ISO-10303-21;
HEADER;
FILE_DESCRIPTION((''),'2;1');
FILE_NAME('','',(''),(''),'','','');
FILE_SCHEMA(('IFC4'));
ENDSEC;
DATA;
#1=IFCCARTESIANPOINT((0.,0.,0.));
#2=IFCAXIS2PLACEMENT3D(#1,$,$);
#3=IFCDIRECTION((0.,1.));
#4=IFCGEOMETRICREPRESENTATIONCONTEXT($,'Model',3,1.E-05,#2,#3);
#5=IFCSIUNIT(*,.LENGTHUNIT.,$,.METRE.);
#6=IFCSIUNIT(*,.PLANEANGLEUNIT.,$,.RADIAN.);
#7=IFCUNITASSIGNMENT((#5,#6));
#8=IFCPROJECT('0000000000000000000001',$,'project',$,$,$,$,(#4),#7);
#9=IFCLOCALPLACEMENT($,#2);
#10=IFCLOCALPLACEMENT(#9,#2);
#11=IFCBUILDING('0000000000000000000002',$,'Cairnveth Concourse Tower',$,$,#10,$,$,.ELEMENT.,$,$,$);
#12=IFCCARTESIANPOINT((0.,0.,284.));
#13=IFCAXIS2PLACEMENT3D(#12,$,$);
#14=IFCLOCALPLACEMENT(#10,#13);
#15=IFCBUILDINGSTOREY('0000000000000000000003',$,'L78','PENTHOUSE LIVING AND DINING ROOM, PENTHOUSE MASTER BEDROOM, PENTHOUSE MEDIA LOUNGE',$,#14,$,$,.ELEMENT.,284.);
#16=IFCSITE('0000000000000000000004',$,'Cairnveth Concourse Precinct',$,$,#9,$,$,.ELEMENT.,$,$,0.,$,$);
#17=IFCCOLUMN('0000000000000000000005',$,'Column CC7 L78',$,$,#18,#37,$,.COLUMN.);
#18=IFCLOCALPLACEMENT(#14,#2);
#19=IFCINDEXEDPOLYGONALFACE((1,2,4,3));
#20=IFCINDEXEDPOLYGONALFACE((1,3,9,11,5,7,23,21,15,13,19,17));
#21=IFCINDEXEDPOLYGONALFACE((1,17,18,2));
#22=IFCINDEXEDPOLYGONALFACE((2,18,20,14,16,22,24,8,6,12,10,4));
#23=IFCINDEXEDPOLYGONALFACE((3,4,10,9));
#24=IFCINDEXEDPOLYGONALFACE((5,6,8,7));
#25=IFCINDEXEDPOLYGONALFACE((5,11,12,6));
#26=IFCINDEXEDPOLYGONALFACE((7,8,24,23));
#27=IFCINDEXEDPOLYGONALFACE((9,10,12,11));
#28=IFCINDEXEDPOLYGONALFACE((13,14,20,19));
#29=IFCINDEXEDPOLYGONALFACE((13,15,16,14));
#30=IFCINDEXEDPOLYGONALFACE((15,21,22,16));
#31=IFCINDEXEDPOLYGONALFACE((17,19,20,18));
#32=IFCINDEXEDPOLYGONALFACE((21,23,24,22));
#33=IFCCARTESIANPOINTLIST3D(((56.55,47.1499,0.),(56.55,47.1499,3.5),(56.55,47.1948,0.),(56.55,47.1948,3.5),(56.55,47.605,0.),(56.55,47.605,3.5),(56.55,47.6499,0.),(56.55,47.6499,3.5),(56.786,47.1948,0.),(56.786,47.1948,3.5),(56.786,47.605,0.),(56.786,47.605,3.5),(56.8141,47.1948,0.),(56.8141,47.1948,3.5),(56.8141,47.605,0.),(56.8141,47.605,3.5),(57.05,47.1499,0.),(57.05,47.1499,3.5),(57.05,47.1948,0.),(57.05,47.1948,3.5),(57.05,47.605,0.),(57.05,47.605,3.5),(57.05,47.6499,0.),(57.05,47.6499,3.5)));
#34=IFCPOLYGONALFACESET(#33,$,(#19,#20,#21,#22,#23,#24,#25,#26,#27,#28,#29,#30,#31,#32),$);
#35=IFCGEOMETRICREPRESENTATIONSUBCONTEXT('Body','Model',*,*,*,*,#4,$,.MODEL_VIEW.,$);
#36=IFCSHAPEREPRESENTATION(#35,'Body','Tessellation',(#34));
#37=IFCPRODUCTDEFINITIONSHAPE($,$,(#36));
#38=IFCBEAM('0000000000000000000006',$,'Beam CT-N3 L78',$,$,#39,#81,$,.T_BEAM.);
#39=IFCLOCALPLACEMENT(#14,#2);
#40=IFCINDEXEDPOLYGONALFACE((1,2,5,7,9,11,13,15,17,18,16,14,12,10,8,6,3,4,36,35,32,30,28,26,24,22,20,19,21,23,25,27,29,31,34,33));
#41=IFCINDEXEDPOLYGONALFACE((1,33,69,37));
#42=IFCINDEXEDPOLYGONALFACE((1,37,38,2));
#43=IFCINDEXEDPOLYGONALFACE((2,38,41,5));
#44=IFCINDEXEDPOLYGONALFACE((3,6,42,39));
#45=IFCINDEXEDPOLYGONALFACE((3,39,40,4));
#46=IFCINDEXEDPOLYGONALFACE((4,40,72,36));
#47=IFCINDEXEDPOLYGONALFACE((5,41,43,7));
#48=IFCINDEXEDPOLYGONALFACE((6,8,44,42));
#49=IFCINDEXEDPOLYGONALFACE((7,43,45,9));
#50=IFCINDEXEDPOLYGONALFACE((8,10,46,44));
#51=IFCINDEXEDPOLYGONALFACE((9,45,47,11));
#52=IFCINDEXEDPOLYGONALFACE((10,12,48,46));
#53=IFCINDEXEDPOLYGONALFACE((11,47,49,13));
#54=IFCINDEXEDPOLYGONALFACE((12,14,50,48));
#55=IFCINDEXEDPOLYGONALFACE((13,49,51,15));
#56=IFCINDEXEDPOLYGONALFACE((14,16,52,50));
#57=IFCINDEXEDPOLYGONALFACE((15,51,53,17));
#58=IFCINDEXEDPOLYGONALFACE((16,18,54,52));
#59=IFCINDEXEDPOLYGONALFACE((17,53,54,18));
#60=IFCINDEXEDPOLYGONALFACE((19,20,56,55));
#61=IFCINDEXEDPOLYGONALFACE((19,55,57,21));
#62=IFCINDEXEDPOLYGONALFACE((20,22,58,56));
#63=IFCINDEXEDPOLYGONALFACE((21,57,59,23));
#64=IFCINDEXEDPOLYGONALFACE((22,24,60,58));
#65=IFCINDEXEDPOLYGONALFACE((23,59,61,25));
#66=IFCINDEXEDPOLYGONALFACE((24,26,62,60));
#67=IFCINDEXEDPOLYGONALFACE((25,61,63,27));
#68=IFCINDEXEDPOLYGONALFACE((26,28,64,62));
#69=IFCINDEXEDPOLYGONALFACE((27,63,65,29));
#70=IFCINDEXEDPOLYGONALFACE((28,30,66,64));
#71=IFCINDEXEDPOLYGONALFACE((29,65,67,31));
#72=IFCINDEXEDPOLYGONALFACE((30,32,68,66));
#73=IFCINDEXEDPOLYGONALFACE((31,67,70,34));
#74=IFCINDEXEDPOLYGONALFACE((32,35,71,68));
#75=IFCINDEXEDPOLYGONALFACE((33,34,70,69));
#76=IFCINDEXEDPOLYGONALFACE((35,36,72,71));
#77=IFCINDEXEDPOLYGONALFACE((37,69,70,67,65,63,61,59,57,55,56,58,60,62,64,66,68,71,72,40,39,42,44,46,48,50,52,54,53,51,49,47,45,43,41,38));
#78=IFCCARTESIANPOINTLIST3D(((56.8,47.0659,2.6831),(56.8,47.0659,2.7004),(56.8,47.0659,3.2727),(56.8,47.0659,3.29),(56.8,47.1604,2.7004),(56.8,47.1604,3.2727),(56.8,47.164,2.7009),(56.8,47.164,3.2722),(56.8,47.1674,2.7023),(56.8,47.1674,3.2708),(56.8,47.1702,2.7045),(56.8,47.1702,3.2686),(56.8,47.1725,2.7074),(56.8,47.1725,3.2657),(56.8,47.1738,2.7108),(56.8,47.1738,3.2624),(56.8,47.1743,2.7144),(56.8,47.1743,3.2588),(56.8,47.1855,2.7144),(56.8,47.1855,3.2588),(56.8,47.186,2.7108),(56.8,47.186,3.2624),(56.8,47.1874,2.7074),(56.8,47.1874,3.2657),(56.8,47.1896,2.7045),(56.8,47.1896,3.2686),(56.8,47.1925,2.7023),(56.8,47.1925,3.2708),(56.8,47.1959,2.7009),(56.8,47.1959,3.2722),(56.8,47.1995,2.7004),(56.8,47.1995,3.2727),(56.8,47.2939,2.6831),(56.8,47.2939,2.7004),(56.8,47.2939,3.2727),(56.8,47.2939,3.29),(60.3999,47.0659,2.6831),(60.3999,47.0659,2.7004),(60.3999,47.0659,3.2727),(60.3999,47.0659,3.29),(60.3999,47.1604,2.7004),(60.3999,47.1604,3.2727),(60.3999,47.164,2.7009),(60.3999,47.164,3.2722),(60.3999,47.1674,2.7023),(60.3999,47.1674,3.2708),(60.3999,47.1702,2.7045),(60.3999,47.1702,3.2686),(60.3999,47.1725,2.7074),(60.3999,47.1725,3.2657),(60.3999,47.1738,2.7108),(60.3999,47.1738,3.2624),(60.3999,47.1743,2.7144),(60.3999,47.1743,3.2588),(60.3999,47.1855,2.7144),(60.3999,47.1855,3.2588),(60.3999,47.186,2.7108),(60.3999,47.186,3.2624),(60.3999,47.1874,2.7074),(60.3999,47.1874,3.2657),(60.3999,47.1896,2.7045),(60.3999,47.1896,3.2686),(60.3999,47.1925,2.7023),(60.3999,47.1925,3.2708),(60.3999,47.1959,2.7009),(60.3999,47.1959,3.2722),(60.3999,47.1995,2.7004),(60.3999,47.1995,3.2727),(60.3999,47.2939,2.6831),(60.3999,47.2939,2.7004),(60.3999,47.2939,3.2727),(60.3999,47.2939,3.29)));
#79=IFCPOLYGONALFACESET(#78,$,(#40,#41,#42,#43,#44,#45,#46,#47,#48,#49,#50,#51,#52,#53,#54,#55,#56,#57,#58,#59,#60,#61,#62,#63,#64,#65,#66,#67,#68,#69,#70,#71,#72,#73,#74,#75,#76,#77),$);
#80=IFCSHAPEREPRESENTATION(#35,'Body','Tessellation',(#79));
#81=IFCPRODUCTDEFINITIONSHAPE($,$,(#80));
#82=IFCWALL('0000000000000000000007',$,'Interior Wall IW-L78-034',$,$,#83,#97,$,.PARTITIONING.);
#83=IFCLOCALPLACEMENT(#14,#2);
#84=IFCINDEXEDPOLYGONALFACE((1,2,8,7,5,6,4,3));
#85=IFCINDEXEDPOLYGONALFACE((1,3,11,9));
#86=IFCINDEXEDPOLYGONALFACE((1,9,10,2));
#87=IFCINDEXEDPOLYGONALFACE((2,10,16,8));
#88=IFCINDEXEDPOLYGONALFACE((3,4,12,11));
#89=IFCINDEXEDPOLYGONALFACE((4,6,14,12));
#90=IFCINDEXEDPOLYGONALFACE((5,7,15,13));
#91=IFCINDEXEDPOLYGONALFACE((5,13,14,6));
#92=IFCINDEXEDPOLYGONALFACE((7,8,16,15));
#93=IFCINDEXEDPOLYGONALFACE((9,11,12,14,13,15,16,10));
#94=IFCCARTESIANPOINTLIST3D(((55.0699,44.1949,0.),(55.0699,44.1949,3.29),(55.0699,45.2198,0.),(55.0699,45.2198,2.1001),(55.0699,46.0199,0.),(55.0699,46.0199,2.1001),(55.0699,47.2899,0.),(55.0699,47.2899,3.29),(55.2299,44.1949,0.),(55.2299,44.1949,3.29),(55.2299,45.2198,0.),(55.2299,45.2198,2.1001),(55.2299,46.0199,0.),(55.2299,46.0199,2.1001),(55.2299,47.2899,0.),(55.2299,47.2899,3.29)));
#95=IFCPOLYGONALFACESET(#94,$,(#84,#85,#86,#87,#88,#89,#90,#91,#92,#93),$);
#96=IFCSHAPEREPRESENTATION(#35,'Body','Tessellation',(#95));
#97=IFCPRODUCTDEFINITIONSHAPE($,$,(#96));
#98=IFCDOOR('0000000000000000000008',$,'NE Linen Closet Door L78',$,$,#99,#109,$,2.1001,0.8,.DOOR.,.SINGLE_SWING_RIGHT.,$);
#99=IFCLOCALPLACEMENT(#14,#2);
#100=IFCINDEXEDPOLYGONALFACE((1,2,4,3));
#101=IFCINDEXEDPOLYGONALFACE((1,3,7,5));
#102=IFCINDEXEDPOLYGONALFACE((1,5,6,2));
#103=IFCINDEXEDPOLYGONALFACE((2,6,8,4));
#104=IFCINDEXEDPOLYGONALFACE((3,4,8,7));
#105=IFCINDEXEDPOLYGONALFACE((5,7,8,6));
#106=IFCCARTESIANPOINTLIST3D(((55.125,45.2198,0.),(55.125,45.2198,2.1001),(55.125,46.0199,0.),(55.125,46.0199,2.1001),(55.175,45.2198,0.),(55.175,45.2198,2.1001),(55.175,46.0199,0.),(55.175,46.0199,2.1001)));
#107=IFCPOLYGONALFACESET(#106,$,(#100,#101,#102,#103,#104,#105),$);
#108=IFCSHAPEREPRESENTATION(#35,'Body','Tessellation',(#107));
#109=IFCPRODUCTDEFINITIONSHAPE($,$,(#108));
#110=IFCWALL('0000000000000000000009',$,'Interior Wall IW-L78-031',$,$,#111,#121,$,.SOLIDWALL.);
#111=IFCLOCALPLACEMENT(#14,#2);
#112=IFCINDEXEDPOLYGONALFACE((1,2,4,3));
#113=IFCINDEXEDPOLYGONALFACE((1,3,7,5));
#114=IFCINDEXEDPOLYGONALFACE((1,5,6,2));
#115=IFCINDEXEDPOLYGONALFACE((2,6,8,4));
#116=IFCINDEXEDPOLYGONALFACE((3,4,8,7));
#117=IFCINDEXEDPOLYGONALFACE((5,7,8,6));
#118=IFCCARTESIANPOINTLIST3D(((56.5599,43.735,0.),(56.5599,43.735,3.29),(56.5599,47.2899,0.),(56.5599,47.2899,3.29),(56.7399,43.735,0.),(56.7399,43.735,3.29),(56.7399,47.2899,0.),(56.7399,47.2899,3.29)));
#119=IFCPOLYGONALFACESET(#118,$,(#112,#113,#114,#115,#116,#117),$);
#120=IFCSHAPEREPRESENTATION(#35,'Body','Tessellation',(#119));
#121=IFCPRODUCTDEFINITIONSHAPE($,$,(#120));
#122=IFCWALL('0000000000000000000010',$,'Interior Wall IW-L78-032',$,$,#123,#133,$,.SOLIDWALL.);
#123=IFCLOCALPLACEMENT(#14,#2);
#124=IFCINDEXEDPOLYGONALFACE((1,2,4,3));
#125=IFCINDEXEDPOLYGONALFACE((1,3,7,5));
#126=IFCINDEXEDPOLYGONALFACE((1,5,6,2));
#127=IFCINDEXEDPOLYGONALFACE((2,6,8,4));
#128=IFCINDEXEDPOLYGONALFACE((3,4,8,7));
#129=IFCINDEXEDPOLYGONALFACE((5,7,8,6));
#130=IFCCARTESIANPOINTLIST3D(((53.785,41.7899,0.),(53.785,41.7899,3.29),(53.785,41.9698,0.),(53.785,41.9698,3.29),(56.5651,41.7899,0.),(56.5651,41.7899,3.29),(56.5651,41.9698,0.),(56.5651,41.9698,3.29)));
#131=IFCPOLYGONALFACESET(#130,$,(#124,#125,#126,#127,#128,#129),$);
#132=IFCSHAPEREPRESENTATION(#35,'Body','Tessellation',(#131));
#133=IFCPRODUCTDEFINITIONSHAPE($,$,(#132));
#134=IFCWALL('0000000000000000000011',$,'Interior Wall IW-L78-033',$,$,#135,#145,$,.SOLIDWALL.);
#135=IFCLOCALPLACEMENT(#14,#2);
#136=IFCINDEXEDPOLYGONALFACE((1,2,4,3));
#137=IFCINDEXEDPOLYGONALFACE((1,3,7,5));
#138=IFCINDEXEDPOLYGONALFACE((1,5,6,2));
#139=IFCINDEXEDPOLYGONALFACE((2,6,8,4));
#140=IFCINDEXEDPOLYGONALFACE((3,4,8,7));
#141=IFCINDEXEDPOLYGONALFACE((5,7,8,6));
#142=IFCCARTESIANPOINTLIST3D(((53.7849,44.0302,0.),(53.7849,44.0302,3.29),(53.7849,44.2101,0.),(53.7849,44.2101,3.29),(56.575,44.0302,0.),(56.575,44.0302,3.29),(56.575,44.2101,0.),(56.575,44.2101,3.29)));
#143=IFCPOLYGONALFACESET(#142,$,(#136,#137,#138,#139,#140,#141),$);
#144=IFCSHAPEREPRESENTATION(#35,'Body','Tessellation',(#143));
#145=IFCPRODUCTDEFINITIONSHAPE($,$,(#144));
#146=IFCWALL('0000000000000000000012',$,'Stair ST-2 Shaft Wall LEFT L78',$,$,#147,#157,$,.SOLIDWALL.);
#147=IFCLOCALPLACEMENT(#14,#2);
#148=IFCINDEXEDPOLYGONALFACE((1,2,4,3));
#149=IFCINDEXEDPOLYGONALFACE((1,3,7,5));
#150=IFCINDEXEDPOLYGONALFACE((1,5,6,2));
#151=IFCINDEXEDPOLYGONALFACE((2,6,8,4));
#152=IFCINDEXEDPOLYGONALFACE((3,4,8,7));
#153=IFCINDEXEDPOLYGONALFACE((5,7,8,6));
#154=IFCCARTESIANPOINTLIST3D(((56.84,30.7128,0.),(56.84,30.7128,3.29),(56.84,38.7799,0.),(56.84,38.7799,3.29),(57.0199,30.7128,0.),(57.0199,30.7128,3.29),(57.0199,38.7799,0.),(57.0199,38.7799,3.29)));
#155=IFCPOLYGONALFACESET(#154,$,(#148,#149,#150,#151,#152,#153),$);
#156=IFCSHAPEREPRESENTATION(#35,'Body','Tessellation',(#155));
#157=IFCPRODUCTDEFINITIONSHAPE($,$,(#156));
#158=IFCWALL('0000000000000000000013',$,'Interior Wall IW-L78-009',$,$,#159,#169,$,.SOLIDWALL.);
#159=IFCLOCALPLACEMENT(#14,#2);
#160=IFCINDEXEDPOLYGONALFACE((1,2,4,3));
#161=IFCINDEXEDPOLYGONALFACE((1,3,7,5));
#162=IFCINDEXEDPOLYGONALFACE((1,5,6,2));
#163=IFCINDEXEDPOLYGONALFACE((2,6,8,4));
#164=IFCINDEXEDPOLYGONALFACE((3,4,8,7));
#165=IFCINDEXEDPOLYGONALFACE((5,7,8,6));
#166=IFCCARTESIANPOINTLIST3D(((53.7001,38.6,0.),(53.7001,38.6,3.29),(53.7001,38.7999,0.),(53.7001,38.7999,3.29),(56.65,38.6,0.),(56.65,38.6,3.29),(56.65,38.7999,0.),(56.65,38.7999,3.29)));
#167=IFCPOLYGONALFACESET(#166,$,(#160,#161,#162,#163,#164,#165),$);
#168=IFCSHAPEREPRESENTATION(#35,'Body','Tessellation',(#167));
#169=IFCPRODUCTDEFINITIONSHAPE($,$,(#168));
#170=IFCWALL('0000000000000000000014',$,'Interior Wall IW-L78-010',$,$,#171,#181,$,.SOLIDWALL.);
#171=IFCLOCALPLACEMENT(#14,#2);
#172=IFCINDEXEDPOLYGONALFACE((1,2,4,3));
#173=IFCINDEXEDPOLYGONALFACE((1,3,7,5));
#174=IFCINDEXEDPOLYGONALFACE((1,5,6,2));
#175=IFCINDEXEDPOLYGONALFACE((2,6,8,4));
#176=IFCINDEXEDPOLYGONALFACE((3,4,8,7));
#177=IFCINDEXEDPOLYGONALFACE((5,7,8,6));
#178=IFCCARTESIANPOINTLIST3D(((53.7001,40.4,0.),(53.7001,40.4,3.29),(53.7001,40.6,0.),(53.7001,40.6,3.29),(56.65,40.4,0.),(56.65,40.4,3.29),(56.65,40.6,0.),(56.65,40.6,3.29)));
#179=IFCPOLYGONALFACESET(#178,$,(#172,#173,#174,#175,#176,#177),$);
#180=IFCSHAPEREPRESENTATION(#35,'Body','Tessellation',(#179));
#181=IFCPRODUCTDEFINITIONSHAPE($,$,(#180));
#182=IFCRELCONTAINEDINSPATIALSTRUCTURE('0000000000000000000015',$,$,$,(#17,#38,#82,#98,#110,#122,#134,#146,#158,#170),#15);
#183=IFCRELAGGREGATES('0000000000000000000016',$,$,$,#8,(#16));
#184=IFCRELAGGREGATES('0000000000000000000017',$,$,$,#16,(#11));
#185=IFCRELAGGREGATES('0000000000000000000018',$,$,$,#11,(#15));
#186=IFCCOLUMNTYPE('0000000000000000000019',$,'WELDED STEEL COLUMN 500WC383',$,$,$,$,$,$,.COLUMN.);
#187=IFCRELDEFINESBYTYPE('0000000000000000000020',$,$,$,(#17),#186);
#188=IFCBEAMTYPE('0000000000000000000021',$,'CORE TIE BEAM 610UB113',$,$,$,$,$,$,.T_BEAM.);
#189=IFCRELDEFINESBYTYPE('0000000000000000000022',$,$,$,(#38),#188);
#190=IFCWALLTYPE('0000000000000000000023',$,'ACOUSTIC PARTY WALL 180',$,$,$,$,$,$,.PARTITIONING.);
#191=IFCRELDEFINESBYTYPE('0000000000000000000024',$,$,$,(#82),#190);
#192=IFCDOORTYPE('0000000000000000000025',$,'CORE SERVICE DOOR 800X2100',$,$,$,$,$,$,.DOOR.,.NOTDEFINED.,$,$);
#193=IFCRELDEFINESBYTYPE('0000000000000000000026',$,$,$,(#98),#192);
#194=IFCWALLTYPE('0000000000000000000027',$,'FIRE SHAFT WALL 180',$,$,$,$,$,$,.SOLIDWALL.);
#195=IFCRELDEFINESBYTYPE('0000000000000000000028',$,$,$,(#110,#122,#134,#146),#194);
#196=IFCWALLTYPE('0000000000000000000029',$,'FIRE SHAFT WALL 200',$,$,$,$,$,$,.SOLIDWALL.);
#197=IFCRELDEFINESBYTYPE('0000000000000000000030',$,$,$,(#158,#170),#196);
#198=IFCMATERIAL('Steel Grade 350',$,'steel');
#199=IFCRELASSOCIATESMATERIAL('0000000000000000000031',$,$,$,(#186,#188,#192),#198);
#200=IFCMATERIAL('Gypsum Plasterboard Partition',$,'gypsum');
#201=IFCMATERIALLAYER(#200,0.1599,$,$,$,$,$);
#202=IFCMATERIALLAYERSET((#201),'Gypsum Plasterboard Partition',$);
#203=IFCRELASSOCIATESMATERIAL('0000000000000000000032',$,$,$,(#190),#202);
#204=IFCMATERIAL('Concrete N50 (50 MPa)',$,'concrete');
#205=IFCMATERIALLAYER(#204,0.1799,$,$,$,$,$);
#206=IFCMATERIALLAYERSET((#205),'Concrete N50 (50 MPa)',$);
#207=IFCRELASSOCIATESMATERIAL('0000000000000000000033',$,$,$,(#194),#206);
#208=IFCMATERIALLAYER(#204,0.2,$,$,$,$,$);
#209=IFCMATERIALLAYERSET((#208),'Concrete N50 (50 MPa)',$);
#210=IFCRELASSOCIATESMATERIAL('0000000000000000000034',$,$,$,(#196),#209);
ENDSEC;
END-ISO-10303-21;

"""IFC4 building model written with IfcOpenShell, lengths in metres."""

from ifc_helpers import new_model, si_unit, direction, frame, frame_2d, origin, origin_2d, place, context, subcontext, project, spatial, rectangle, i_section, extrude, material, layer, layer_set, material_profile, profile_set, type_object, element, fill, save


model = new_model("IFC4")

# Units and contexts
model_context = context("Model", 3, precision=1e-05, world=origin(), true_north=direction((0.0, 1.0)))
body_context = subcontext(model_context, "Body", "Model", "MODEL_VIEW")
ifc_project = project(units=[si_unit("LENGTHUNIT", "METRE"), si_unit("PLANEANGLEUNIT", "RADIAN")], contexts=[model_context])

# Site, building, storey
site_placement = place(None, origin())
site = spatial("IfcSite", under=ifc_project, at=site_placement, Name="Cairnveth Concourse Precinct", CompositionType="ELEMENT", RefElevation=0.0)
building_placement = place(site_placement, origin())
building = spatial("IfcBuilding", under=site, at=building_placement, Name="Cairnveth Concourse Tower", CompositionType="ELEMENT")
storey_placement = place(building_placement, frame((0.0, 0.0, 284.0)))
storey = spatial("IfcBuildingStorey", under=building, at=storey_placement, Name="L78", Description="PENTHOUSE LIVING AND DINING ROOM, PENTHOUSE MASTER BEDROOM, PENTHOUSE MEDIA LOUNGE", CompositionType="ELEMENT", Elevation=284.0)

# Column
ifc_material_1 = material(Name="Steel Grade 350", Category="steel")
ifc_material_profile_1 = material_profile(ifc_material_1, i_section(OverallWidth=0.5, OverallDepth=0.5, WebThickness=0.0281, FlangeThickness=0.0449, at=origin_2d()), Name="500WC383")
ifc_profile_set_1 = profile_set([ifc_material_profile_1], Name="Steel Grade 350")
column_type = type_object("IfcColumnType", Name="WELDED STEEL COLUMN 500WC383", PredefinedType="COLUMN", material=ifc_profile_set_1)
column_placement = place(storey_placement, frame((56.8, 47.3999, 0.0), z_axis=(0.0, 0.0, 1.0), x_axis=(1.0, 0.0, 0.0)))
element("IfcColumn", 1, at=column_placement, inside=storey, type_object=column_type, Name="Column CC7 L78", PredefinedType="COLUMN", context=body_context, shape_type="SweptSolid", body=[
    extrude(i_section(OverallWidth=0.5, OverallDepth=0.5, WebThickness=0.0281, FlangeThickness=0.0449, at=origin_2d()), origin(), (0.0, 0.0, 1.0), 3.5),
])

# Beam
ifc_material_profile_2 = material_profile(ifc_material_1, i_section(OverallWidth=0.228, OverallDepth=0.6069, WebThickness=0.0112, FlangeThickness=0.0173, FilletRadius=0.0139, at=origin_2d()), Name="610UB113")
ifc_profile_set_2 = profile_set([ifc_material_profile_2], Name="Steel Grade 350")
beam_type = type_object("IfcBeamType", Name="CORE TIE BEAM 610UB113", PredefinedType="T_BEAM", material=ifc_profile_set_2)
beam_placement = place(storey_placement, frame((56.8, 47.1799, 2.9866), z_axis=(1.0, 0.0, 0.0), x_axis=(0.0, 1.0, 0.0)))
element("IfcBeam", 2, at=beam_placement, inside=storey, type_object=beam_type, Name="Beam CT-N3 L78", PredefinedType="T_BEAM", context=body_context, shape_type="SweptSolid", body=[
    extrude(i_section(OverallWidth=0.228, OverallDepth=0.6069, WebThickness=0.0112, FlangeThickness=0.0173, FilletRadius=0.0139, at=origin_2d()), origin(), (0.0, 0.0, 1.0), 3.5999),
])

# Wall, opening, door
ifc_material_2 = material(Name="Gypsum Plasterboard Partition", Category="gypsum")
ifc_layer_1 = layer(ifc_material_2, 0.1599)
ifc_layer_set_1 = layer_set([ifc_layer_1], Name="Gypsum Plasterboard Partition")
wall_type_1 = type_object("IfcWallType", Name="ACOUSTIC PARTY WALL 180", PredefinedType="PARTITIONING", material=ifc_layer_set_1)
wall_1_placement = place(storey_placement, frame((55.1499, 44.1951, 0.0), z_axis=(0.0, 0.0, 1.0), x_axis=(0.0, 1.0, 0.0)))
wall_1 = element("IfcWall", 3, at=wall_1_placement, inside=storey, type_object=wall_type_1, Name="Interior Wall IW-L78-034", PredefinedType="PARTITIONING", context=body_context, shape_type="SweptSolid", body=[
    extrude(rectangle(XDim=3.095, YDim=0.1599, at=frame_2d((1.5474, 0.0))), origin(), (0.0, 0.0, 1.0), 3.29),
])
opening_1_placement = place(wall_1_placement, frame((1.0249, 0.0, 0.0)))
opening_1 = element("IfcOpeningElement", 4, at=opening_1_placement, cuts=wall_1, PredefinedType="OPENING", context=body_context, shape_type="SweptSolid", body=[
    extrude(rectangle(XDim=0.8, YDim=2.1001, at=frame_2d((0.3999, 1.05))), frame((0.0, 0.0898, 0.0), z_axis=(0.0, -1.0, 0.0), x_axis=(1.0, 0.0, 0.0)), (0.0, 0.0, 1.0), 0.1799),
])
door_type_1 = type_object("IfcDoorType", Name="CORE SERVICE DOOR 800X2100", OperationType="NOTDEFINED", PredefinedType="DOOR", material=ifc_material_1)
door_1_placement = place(opening_1_placement, origin())
door_1 = element("IfcDoor", 5, at=door_1_placement, inside=storey, type_object=door_type_1, Name="NE Linen Closet Door L78", OperationType="SINGLE_SWING_RIGHT", OverallHeight=2.1001, OverallWidth=0.8, PredefinedType="DOOR", context=body_context, shape_type="SweptSolid", body=[
    extrude(rectangle(XDim=0.8, YDim=2.1001, at=frame_2d((0.3999, 1.05))), frame((0.0, 0.0249, 0.0), z_axis=(0.0, -1.0, 0.0), x_axis=(1.0, 0.0, 0.0)), (0.0, 0.0, 1.0), 0.05),
])
fill(opening_1, door_1)

# Walls
ifc_material_3 = material(Name="Concrete N50 (50 MPa)", Category="concrete")
ifc_layer_2 = layer(ifc_material_3, 0.1799)
ifc_layer_set_2 = layer_set([ifc_layer_2], Name="Concrete N50 (50 MPa)")
wall_type_2 = type_object("IfcWallType", Name="FIRE SHAFT WALL 180", PredefinedType="SOLIDWALL", material=ifc_layer_set_2)
wall_2_placement = place(storey_placement, frame((56.6499, 43.7351, 0.0), z_axis=(0.0, 0.0, 1.0), x_axis=(0.0, 1.0, 0.0)))
element("IfcWall", 6, at=wall_2_placement, inside=storey, type_object=wall_type_2, Name="Interior Wall IW-L78-031", PredefinedType="SOLIDWALL", context=body_context, shape_type="SweptSolid", body=[
    extrude(rectangle(XDim=3.5549, YDim=0.1799, at=frame_2d((1.7773, 0.0))), origin(), (0.0, 0.0, 1.0), 3.29),
])
wall_3_placement = place(storey_placement, frame((53.7849, 41.8799, 0.0), z_axis=(0.0, 0.0, 1.0), x_axis=(1.0, 0.0, 0.0)))
element("IfcWall", 7, at=wall_3_placement, inside=storey, type_object=wall_type_2, Name="Interior Wall IW-L78-032", PredefinedType="SOLIDWALL", context=body_context, shape_type="SweptSolid", body=[
    extrude(rectangle(XDim=2.78, YDim=0.1799, at=frame_2d((1.3901, 0.0))), origin(), (0.0, 0.0, 1.0), 3.29),
])
wall_4_placement = place(storey_placement, frame((53.7849, 44.1201, 0.0), z_axis=(0.0, 0.0, 1.0), x_axis=(1.0, 0.0, 0.0)))
element("IfcWall", 8, at=wall_4_placement, inside=storey, type_object=wall_type_2, Name="Interior Wall IW-L78-033", PredefinedType="SOLIDWALL", context=body_context, shape_type="SweptSolid", body=[
    extrude(rectangle(XDim=2.79, YDim=0.1799, at=frame_2d((1.395, 0.0))), origin(), (0.0, 0.0, 1.0), 3.29),
])

# Walls
wall_5_placement = place(storey_placement, frame((56.9299, 38.78, 0.0), z_axis=(0.0, 0.0, 1.0), x_axis=(0.0, -1.0, 0.0)))
element("IfcWall", 9, at=wall_5_placement, inside=storey, type_object=wall_type_2, Name="Stair ST-2 Shaft Wall LEFT L78", PredefinedType="SOLIDWALL", context=body_context, shape_type="SweptSolid", body=[
    extrude(rectangle(XDim=8.0671, YDim=0.1799, at=frame_2d((4.0337, 0.0))), origin(), (0.0, 0.0, 1.0), 3.29),
])
ifc_layer_3 = layer(ifc_material_3, 0.2)
ifc_layer_set_3 = layer_set([ifc_layer_3], Name="Concrete N50 (50 MPa)")
wall_type_3 = type_object("IfcWallType", Name="FIRE SHAFT WALL 200", PredefinedType="SOLIDWALL", material=ifc_layer_set_3)
for number, where, z_axis, x_axis, name in (
    (10, (53.7, 38.7, 0.0), (0.0, 0.0, 1.0), (1.0, 0.0, 0.0), "Interior Wall IW-L78-009"),
    (11, (53.7, 40.5, 0.0), (0.0, 0.0, 1.0), (1.0, 0.0, 0.0), "Interior Wall IW-L78-010"),
):
    element("IfcWall", number, at=place(storey_placement, frame(where, z_axis=z_axis, x_axis=x_axis)), inside=storey, type_object=wall_type_3, Name=name, PredefinedType="SOLIDWALL", context=body_context, shape_type="SweptSolid", body=[
        extrude(rectangle(XDim=2.95, YDim=0.2, at=frame_2d((1.4751, 0.0))), origin(), (0.0, 0.0, 1.0), 3.29),
    ])

save(model, "model.ifc")
